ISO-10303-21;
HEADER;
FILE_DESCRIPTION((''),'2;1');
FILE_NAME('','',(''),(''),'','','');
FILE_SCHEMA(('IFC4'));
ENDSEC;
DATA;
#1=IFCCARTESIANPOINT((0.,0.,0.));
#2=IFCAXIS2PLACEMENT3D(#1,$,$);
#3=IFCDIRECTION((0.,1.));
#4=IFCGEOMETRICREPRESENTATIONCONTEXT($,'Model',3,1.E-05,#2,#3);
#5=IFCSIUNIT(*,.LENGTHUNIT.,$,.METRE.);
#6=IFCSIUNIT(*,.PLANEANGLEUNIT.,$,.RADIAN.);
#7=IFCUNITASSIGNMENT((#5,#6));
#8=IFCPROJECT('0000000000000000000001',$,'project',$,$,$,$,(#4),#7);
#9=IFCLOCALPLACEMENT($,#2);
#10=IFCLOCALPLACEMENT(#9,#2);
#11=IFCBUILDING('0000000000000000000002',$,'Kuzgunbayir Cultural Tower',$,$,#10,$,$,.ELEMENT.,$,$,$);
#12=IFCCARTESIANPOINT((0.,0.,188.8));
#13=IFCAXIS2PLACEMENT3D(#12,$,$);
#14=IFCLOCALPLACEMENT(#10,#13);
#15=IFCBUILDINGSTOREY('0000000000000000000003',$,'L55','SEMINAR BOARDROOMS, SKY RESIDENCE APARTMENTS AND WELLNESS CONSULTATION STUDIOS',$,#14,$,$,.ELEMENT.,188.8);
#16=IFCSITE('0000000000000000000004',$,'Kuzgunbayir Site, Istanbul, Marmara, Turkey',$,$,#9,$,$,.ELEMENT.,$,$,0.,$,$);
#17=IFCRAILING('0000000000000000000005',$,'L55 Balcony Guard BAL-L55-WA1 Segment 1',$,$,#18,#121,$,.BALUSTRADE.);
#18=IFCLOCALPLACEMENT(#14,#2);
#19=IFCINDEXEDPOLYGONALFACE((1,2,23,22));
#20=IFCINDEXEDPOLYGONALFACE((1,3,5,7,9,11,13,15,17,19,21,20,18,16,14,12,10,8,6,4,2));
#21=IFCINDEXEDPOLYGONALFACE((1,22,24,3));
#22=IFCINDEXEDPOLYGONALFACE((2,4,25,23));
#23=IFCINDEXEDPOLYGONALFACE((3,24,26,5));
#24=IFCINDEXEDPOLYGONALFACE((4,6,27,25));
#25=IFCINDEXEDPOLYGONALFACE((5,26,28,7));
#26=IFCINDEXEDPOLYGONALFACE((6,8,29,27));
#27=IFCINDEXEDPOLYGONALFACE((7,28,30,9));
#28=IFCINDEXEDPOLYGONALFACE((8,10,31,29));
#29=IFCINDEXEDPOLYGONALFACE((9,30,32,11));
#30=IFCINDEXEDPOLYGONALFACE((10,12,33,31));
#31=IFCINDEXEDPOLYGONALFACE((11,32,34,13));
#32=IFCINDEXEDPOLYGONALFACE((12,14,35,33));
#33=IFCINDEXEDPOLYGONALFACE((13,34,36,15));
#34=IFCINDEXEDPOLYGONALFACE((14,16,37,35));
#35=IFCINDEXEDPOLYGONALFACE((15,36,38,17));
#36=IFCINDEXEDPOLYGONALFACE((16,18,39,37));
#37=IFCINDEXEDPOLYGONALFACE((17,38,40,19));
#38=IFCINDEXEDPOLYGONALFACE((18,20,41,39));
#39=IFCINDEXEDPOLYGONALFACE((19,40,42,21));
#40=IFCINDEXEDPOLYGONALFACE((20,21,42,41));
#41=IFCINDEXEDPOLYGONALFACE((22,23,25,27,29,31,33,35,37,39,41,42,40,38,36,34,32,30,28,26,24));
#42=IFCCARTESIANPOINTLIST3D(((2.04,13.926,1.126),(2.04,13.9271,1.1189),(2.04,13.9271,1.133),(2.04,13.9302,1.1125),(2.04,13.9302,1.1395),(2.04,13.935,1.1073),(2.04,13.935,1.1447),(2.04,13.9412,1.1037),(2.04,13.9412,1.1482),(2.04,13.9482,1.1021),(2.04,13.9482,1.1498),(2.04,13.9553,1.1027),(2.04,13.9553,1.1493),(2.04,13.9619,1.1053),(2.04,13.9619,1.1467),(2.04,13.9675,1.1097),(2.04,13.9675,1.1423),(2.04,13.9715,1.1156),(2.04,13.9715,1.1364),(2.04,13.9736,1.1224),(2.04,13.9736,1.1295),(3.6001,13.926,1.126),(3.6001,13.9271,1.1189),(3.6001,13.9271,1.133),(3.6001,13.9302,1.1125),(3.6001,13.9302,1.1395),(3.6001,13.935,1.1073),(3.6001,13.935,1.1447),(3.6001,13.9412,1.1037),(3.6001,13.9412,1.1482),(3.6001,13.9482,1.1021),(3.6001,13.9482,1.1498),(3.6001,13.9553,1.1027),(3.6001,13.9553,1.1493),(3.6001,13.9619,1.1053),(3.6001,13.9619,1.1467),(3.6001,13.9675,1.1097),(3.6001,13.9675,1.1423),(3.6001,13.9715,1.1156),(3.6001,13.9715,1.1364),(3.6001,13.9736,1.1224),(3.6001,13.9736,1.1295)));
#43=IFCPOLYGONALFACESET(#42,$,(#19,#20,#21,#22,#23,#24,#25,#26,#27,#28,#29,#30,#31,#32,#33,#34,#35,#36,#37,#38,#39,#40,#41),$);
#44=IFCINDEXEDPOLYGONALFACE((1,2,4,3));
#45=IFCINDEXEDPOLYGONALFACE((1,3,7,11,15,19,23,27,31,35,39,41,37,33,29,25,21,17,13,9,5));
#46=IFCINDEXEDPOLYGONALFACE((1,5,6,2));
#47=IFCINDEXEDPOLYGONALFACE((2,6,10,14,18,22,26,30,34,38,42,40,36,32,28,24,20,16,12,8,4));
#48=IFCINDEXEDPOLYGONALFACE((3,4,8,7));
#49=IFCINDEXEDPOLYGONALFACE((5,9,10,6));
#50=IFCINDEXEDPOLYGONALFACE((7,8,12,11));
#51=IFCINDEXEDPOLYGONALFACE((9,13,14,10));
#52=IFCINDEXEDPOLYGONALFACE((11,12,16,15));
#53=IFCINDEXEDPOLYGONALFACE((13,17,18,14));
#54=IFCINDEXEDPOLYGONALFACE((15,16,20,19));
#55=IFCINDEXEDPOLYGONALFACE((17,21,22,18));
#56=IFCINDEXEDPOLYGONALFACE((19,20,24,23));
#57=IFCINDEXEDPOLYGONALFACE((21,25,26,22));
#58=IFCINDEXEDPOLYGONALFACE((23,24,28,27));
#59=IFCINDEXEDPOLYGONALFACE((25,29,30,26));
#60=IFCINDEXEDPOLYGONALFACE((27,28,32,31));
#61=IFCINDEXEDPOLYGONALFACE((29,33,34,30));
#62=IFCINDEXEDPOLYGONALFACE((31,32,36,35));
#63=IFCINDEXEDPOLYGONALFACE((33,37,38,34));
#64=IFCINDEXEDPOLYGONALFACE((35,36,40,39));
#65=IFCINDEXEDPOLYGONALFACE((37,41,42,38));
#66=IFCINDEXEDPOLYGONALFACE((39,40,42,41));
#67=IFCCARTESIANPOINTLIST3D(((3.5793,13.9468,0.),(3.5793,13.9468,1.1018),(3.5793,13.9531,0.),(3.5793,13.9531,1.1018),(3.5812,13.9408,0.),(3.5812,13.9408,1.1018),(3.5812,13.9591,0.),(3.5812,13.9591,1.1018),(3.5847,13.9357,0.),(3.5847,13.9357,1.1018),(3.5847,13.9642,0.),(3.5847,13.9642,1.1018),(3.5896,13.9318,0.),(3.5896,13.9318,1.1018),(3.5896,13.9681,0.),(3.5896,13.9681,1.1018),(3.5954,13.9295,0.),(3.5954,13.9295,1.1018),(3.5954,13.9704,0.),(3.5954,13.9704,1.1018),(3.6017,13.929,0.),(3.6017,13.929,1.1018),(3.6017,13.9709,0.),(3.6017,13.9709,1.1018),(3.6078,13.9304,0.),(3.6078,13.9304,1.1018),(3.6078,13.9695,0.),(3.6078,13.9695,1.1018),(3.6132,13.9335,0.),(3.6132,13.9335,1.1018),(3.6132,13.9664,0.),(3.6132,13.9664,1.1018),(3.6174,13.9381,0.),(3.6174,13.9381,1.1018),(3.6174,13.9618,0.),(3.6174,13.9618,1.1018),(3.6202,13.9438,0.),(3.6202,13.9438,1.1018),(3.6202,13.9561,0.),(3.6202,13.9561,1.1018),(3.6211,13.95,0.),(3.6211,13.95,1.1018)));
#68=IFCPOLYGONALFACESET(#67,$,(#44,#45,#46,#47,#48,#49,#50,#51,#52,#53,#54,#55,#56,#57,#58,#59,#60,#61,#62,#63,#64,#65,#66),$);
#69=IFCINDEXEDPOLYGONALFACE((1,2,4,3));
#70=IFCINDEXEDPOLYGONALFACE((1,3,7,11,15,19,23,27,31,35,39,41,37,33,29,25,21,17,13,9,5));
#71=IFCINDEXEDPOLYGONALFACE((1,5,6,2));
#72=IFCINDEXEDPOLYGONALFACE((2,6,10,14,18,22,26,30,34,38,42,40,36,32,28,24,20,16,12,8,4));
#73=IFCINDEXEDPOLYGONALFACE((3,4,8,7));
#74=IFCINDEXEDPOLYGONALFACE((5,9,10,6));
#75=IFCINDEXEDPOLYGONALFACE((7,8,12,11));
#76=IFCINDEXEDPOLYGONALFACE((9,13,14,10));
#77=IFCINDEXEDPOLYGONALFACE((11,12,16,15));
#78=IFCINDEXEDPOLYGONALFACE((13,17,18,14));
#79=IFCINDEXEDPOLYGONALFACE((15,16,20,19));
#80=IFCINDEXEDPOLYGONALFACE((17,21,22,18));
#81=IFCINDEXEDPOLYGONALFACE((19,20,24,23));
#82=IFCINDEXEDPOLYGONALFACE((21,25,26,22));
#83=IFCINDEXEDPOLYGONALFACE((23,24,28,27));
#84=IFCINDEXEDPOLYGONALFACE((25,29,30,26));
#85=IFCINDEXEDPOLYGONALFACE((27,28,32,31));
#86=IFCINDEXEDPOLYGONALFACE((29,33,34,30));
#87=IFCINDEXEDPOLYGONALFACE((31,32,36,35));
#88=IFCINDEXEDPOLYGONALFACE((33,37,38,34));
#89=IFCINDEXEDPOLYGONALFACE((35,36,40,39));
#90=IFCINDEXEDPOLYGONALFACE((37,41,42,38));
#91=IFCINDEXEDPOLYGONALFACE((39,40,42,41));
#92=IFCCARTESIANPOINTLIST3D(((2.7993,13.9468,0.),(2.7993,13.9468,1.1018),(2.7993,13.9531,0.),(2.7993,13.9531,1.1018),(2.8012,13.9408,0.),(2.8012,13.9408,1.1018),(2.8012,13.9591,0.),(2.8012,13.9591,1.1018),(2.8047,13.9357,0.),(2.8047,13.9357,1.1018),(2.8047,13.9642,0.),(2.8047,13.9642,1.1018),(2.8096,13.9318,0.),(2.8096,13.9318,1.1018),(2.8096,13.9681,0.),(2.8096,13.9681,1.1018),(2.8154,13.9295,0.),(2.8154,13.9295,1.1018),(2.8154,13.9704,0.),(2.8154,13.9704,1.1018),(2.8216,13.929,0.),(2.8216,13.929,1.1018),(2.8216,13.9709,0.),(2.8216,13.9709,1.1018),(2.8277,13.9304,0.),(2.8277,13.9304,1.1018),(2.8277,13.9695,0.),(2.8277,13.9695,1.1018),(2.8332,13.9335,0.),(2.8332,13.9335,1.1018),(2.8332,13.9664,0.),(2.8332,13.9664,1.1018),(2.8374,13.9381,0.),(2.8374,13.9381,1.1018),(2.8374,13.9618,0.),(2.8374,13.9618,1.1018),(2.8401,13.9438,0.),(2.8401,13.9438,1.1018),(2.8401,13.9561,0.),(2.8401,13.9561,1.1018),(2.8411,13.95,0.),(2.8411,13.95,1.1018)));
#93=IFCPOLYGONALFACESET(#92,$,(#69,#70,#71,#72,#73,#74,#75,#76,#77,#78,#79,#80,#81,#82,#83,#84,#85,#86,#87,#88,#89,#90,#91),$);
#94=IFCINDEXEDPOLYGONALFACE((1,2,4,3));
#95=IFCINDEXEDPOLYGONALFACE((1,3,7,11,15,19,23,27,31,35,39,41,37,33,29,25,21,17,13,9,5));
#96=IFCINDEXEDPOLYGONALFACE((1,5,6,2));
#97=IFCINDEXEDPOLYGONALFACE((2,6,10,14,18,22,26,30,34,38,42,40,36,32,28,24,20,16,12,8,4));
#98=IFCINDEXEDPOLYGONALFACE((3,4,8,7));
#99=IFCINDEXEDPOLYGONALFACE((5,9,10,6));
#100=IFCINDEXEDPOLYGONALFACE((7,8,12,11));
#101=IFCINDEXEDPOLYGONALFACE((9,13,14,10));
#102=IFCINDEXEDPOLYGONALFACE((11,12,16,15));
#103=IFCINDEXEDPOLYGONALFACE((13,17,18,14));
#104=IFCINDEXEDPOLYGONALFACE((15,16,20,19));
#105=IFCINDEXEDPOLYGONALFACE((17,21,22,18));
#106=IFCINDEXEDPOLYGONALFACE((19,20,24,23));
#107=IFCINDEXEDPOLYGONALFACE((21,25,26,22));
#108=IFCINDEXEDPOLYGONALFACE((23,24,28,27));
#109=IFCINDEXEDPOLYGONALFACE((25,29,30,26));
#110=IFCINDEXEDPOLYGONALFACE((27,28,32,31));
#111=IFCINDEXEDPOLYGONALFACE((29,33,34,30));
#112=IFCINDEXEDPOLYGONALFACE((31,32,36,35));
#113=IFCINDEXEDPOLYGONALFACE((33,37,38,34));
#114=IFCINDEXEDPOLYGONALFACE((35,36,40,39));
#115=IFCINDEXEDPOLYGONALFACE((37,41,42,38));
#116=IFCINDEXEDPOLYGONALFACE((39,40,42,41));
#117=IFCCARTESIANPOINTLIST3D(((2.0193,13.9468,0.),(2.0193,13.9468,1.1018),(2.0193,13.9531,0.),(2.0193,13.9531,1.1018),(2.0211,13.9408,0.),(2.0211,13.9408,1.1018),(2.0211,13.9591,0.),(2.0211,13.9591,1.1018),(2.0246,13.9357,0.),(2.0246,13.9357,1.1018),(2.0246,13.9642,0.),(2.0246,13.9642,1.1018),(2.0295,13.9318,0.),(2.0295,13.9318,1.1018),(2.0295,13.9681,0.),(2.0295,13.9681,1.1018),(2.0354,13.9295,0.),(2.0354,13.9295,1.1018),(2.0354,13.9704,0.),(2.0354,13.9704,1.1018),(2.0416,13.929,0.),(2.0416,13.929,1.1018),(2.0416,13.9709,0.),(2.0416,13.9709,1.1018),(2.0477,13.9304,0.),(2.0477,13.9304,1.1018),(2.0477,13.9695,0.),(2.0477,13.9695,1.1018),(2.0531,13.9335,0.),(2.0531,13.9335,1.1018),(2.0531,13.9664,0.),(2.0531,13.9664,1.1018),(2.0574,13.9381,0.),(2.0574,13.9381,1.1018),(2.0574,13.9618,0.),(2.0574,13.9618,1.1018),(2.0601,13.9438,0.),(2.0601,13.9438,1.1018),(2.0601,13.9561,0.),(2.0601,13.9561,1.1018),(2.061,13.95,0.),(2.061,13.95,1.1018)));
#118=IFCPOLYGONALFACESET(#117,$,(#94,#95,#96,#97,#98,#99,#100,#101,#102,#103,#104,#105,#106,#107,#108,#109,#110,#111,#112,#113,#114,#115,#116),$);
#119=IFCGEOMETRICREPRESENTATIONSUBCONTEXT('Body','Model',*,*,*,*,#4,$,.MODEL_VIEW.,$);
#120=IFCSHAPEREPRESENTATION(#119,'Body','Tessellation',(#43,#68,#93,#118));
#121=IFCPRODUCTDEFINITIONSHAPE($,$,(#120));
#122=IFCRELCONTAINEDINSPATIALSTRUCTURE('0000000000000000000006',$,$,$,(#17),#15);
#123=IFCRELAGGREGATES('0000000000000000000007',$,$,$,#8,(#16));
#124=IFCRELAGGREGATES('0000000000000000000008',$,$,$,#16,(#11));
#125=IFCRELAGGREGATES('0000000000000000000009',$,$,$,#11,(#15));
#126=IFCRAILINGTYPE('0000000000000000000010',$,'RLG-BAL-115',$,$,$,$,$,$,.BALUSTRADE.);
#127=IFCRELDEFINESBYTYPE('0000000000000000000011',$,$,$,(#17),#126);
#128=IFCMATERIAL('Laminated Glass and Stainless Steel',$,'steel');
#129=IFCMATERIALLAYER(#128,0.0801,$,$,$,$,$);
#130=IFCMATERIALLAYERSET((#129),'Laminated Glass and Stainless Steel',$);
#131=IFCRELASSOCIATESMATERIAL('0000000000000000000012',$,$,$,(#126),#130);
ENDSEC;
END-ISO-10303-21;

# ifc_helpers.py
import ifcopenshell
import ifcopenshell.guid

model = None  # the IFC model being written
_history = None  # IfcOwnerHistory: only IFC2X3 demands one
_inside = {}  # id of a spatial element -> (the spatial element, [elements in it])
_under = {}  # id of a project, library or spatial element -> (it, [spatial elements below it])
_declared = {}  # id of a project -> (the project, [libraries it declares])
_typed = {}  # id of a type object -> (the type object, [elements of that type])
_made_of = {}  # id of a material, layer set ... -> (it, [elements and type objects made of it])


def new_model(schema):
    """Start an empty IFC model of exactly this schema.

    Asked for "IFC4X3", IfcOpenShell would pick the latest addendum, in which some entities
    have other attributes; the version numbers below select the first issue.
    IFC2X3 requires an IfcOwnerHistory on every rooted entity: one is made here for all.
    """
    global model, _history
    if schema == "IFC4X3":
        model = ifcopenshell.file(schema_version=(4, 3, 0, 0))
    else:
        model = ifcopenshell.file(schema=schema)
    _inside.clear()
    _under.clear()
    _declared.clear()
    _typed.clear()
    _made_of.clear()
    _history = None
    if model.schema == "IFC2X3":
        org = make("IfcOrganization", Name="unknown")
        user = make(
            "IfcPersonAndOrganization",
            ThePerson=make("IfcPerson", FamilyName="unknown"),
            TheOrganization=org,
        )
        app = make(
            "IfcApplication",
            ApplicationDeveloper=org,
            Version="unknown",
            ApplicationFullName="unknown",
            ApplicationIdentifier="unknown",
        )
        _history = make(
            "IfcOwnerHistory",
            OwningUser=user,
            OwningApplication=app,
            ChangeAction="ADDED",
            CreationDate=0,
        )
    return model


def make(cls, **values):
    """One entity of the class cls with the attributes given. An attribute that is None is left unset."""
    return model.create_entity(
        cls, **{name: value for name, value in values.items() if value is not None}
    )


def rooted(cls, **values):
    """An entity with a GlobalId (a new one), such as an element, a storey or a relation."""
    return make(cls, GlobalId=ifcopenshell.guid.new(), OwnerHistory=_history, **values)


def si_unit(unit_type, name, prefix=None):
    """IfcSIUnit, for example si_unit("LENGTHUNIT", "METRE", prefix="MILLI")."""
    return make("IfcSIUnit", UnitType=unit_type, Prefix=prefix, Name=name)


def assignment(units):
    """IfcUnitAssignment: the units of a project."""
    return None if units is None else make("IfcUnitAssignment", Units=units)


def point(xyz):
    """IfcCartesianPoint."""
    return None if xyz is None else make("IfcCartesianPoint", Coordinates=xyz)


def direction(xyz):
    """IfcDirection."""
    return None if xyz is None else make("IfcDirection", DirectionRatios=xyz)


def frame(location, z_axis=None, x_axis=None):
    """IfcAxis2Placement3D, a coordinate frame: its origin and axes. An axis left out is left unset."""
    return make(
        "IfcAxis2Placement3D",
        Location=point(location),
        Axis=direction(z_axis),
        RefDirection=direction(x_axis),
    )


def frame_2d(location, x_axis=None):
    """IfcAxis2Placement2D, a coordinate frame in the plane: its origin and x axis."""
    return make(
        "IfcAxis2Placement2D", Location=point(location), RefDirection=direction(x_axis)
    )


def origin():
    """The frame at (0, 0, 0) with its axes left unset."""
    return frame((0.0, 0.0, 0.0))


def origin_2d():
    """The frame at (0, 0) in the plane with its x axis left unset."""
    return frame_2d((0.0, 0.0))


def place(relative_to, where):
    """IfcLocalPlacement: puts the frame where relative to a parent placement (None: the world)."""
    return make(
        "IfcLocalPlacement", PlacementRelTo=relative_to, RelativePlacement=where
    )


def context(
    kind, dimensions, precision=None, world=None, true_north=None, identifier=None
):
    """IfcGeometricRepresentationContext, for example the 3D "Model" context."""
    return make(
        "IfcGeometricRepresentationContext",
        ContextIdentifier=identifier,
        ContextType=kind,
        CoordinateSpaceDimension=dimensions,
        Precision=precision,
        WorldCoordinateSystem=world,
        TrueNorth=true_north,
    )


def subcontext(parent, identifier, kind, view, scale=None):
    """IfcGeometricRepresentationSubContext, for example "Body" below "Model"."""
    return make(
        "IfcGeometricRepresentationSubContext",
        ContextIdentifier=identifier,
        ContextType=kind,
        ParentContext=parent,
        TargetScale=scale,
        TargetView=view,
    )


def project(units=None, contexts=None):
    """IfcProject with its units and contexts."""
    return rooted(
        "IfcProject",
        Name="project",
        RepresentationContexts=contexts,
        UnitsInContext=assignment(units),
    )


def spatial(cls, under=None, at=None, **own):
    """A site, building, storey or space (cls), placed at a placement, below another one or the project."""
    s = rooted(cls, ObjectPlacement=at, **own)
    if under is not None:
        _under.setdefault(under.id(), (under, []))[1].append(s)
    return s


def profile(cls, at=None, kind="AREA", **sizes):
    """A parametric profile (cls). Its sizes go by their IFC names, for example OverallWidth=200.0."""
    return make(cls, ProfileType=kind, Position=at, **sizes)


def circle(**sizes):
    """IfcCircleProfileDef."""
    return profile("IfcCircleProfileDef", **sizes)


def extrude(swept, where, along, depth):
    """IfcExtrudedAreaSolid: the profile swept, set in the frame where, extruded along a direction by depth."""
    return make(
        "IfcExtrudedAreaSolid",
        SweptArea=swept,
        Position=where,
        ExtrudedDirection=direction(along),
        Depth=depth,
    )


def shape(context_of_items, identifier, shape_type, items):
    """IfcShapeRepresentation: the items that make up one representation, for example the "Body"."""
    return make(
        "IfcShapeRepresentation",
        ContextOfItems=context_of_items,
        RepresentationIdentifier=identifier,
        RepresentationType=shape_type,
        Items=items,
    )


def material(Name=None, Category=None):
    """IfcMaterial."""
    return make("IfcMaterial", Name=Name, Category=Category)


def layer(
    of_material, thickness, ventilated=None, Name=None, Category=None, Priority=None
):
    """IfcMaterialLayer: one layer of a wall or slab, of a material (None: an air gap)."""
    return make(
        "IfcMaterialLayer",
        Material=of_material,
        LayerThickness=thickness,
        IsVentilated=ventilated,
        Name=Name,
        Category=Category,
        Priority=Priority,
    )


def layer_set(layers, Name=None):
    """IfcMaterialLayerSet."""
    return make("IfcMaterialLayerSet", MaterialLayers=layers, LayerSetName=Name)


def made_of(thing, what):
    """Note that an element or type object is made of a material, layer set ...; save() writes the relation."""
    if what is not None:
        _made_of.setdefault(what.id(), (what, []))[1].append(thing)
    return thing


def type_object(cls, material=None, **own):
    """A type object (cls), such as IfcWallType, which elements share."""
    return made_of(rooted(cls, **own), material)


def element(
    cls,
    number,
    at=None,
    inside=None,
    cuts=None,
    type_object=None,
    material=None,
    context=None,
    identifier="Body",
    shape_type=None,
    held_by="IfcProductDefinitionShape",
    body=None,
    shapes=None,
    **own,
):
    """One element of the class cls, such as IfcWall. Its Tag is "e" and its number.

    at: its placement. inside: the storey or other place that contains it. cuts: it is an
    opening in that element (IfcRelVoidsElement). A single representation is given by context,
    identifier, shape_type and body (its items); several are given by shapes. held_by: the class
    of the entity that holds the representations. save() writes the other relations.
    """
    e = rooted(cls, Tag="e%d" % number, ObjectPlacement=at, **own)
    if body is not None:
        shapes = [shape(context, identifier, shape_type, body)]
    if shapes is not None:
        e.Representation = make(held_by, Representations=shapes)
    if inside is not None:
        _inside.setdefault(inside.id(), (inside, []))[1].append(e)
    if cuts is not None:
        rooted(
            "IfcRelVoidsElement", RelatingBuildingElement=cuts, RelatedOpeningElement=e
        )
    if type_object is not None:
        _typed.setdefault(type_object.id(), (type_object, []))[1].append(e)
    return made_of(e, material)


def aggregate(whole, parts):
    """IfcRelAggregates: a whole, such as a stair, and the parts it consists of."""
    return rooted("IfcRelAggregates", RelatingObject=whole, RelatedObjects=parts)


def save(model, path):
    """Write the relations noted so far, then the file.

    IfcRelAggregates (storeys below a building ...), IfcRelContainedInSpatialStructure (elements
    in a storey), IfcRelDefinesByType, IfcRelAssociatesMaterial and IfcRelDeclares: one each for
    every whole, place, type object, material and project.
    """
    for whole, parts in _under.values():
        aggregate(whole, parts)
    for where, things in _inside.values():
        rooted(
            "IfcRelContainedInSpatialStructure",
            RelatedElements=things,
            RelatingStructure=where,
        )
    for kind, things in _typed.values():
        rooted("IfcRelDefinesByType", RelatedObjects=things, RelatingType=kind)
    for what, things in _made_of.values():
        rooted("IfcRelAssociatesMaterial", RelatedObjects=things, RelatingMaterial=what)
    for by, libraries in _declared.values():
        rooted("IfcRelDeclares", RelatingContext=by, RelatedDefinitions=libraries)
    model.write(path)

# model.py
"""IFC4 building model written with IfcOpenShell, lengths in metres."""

from ifc_helpers import new_model, si_unit, direction, frame, origin, origin_2d, place, context, subcontext, project, spatial, circle, extrude, material, layer, layer_set, type_object, element, save


model = new_model("IFC4")

# Units and contexts
model_context = context("Model", 3, precision=1e-05, world=origin(), true_north=direction((0.0, 1.0)))
body_context = subcontext(model_context, "Body", "Model", "MODEL_VIEW")
ifc_project = project(units=[si_unit("LENGTHUNIT", "METRE"), si_unit("PLANEANGLEUNIT", "RADIAN")], contexts=[model_context])

# Site, building, storey
site_placement = place(None, origin())
site = spatial("IfcSite", under=ifc_project, at=site_placement, Name="Kuzgunbayir Site, Istanbul, Marmara, Turkey", CompositionType="ELEMENT", RefElevation=0.0)
building_placement = place(site_placement, origin())
building = spatial("IfcBuilding", under=site, at=building_placement, Name="Kuzgunbayir Cultural Tower", CompositionType="ELEMENT")
storey_placement = place(building_placement, frame((0.0, 0.0, 188.8)))
storey = spatial("IfcBuildingStorey", under=building, at=storey_placement, Name="L55", Description="SEMINAR BOARDROOMS, SKY RESIDENCE APARTMENTS AND WELLNESS CONSULTATION STUDIOS", CompositionType="ELEMENT", Elevation=188.8)

# Railing
ifc_material_1 = material(Name="Laminated Glass and Stainless Steel", Category="steel")
ifc_layer_1 = layer(ifc_material_1, 0.0801)
ifc_layer_set_1 = layer_set([ifc_layer_1], Name="Laminated Glass and Stainless Steel")
railing_type = type_object("IfcRailingType", Name="RLG-BAL-115", PredefinedType="BALUSTRADE", material=ifc_layer_set_1)
railing_1_placement = place(storey_placement, frame((3.6001, 13.95, 0.0)))
element("IfcRailing", 1, at=railing_1_placement, inside=storey, type_object=railing_type, Name="L55 Balcony Guard BAL-L55-WA1 Segment 1", PredefinedType="BALUSTRADE", context=body_context, shape_type="SweptSolid", body=[
    extrude(circle(Radius=0.0239, at=origin_2d()), frame((0.0, 0.0, 1.126), z_axis=(-1.0, 0.0, 0.0), x_axis=(0.0, -1.0, 0.0)), (0.0, 0.0, 1.0), 1.5601),
    extrude(circle(Radius=0.021, at=origin_2d()), origin(), (0.0, 0.0, 1.0), 1.1018),
    extrude(circle(Radius=0.021, at=origin_2d()), frame((-0.78, 0.0, 0.0)), (0.0, 0.0, 1.0), 1.1018),
    extrude(circle(Radius=0.021, at=origin_2d()), frame((-1.5601, 0.0, 0.0)), (0.0, 0.0, 1.0), 1.1018),
])

save(model, "model.ifc")
